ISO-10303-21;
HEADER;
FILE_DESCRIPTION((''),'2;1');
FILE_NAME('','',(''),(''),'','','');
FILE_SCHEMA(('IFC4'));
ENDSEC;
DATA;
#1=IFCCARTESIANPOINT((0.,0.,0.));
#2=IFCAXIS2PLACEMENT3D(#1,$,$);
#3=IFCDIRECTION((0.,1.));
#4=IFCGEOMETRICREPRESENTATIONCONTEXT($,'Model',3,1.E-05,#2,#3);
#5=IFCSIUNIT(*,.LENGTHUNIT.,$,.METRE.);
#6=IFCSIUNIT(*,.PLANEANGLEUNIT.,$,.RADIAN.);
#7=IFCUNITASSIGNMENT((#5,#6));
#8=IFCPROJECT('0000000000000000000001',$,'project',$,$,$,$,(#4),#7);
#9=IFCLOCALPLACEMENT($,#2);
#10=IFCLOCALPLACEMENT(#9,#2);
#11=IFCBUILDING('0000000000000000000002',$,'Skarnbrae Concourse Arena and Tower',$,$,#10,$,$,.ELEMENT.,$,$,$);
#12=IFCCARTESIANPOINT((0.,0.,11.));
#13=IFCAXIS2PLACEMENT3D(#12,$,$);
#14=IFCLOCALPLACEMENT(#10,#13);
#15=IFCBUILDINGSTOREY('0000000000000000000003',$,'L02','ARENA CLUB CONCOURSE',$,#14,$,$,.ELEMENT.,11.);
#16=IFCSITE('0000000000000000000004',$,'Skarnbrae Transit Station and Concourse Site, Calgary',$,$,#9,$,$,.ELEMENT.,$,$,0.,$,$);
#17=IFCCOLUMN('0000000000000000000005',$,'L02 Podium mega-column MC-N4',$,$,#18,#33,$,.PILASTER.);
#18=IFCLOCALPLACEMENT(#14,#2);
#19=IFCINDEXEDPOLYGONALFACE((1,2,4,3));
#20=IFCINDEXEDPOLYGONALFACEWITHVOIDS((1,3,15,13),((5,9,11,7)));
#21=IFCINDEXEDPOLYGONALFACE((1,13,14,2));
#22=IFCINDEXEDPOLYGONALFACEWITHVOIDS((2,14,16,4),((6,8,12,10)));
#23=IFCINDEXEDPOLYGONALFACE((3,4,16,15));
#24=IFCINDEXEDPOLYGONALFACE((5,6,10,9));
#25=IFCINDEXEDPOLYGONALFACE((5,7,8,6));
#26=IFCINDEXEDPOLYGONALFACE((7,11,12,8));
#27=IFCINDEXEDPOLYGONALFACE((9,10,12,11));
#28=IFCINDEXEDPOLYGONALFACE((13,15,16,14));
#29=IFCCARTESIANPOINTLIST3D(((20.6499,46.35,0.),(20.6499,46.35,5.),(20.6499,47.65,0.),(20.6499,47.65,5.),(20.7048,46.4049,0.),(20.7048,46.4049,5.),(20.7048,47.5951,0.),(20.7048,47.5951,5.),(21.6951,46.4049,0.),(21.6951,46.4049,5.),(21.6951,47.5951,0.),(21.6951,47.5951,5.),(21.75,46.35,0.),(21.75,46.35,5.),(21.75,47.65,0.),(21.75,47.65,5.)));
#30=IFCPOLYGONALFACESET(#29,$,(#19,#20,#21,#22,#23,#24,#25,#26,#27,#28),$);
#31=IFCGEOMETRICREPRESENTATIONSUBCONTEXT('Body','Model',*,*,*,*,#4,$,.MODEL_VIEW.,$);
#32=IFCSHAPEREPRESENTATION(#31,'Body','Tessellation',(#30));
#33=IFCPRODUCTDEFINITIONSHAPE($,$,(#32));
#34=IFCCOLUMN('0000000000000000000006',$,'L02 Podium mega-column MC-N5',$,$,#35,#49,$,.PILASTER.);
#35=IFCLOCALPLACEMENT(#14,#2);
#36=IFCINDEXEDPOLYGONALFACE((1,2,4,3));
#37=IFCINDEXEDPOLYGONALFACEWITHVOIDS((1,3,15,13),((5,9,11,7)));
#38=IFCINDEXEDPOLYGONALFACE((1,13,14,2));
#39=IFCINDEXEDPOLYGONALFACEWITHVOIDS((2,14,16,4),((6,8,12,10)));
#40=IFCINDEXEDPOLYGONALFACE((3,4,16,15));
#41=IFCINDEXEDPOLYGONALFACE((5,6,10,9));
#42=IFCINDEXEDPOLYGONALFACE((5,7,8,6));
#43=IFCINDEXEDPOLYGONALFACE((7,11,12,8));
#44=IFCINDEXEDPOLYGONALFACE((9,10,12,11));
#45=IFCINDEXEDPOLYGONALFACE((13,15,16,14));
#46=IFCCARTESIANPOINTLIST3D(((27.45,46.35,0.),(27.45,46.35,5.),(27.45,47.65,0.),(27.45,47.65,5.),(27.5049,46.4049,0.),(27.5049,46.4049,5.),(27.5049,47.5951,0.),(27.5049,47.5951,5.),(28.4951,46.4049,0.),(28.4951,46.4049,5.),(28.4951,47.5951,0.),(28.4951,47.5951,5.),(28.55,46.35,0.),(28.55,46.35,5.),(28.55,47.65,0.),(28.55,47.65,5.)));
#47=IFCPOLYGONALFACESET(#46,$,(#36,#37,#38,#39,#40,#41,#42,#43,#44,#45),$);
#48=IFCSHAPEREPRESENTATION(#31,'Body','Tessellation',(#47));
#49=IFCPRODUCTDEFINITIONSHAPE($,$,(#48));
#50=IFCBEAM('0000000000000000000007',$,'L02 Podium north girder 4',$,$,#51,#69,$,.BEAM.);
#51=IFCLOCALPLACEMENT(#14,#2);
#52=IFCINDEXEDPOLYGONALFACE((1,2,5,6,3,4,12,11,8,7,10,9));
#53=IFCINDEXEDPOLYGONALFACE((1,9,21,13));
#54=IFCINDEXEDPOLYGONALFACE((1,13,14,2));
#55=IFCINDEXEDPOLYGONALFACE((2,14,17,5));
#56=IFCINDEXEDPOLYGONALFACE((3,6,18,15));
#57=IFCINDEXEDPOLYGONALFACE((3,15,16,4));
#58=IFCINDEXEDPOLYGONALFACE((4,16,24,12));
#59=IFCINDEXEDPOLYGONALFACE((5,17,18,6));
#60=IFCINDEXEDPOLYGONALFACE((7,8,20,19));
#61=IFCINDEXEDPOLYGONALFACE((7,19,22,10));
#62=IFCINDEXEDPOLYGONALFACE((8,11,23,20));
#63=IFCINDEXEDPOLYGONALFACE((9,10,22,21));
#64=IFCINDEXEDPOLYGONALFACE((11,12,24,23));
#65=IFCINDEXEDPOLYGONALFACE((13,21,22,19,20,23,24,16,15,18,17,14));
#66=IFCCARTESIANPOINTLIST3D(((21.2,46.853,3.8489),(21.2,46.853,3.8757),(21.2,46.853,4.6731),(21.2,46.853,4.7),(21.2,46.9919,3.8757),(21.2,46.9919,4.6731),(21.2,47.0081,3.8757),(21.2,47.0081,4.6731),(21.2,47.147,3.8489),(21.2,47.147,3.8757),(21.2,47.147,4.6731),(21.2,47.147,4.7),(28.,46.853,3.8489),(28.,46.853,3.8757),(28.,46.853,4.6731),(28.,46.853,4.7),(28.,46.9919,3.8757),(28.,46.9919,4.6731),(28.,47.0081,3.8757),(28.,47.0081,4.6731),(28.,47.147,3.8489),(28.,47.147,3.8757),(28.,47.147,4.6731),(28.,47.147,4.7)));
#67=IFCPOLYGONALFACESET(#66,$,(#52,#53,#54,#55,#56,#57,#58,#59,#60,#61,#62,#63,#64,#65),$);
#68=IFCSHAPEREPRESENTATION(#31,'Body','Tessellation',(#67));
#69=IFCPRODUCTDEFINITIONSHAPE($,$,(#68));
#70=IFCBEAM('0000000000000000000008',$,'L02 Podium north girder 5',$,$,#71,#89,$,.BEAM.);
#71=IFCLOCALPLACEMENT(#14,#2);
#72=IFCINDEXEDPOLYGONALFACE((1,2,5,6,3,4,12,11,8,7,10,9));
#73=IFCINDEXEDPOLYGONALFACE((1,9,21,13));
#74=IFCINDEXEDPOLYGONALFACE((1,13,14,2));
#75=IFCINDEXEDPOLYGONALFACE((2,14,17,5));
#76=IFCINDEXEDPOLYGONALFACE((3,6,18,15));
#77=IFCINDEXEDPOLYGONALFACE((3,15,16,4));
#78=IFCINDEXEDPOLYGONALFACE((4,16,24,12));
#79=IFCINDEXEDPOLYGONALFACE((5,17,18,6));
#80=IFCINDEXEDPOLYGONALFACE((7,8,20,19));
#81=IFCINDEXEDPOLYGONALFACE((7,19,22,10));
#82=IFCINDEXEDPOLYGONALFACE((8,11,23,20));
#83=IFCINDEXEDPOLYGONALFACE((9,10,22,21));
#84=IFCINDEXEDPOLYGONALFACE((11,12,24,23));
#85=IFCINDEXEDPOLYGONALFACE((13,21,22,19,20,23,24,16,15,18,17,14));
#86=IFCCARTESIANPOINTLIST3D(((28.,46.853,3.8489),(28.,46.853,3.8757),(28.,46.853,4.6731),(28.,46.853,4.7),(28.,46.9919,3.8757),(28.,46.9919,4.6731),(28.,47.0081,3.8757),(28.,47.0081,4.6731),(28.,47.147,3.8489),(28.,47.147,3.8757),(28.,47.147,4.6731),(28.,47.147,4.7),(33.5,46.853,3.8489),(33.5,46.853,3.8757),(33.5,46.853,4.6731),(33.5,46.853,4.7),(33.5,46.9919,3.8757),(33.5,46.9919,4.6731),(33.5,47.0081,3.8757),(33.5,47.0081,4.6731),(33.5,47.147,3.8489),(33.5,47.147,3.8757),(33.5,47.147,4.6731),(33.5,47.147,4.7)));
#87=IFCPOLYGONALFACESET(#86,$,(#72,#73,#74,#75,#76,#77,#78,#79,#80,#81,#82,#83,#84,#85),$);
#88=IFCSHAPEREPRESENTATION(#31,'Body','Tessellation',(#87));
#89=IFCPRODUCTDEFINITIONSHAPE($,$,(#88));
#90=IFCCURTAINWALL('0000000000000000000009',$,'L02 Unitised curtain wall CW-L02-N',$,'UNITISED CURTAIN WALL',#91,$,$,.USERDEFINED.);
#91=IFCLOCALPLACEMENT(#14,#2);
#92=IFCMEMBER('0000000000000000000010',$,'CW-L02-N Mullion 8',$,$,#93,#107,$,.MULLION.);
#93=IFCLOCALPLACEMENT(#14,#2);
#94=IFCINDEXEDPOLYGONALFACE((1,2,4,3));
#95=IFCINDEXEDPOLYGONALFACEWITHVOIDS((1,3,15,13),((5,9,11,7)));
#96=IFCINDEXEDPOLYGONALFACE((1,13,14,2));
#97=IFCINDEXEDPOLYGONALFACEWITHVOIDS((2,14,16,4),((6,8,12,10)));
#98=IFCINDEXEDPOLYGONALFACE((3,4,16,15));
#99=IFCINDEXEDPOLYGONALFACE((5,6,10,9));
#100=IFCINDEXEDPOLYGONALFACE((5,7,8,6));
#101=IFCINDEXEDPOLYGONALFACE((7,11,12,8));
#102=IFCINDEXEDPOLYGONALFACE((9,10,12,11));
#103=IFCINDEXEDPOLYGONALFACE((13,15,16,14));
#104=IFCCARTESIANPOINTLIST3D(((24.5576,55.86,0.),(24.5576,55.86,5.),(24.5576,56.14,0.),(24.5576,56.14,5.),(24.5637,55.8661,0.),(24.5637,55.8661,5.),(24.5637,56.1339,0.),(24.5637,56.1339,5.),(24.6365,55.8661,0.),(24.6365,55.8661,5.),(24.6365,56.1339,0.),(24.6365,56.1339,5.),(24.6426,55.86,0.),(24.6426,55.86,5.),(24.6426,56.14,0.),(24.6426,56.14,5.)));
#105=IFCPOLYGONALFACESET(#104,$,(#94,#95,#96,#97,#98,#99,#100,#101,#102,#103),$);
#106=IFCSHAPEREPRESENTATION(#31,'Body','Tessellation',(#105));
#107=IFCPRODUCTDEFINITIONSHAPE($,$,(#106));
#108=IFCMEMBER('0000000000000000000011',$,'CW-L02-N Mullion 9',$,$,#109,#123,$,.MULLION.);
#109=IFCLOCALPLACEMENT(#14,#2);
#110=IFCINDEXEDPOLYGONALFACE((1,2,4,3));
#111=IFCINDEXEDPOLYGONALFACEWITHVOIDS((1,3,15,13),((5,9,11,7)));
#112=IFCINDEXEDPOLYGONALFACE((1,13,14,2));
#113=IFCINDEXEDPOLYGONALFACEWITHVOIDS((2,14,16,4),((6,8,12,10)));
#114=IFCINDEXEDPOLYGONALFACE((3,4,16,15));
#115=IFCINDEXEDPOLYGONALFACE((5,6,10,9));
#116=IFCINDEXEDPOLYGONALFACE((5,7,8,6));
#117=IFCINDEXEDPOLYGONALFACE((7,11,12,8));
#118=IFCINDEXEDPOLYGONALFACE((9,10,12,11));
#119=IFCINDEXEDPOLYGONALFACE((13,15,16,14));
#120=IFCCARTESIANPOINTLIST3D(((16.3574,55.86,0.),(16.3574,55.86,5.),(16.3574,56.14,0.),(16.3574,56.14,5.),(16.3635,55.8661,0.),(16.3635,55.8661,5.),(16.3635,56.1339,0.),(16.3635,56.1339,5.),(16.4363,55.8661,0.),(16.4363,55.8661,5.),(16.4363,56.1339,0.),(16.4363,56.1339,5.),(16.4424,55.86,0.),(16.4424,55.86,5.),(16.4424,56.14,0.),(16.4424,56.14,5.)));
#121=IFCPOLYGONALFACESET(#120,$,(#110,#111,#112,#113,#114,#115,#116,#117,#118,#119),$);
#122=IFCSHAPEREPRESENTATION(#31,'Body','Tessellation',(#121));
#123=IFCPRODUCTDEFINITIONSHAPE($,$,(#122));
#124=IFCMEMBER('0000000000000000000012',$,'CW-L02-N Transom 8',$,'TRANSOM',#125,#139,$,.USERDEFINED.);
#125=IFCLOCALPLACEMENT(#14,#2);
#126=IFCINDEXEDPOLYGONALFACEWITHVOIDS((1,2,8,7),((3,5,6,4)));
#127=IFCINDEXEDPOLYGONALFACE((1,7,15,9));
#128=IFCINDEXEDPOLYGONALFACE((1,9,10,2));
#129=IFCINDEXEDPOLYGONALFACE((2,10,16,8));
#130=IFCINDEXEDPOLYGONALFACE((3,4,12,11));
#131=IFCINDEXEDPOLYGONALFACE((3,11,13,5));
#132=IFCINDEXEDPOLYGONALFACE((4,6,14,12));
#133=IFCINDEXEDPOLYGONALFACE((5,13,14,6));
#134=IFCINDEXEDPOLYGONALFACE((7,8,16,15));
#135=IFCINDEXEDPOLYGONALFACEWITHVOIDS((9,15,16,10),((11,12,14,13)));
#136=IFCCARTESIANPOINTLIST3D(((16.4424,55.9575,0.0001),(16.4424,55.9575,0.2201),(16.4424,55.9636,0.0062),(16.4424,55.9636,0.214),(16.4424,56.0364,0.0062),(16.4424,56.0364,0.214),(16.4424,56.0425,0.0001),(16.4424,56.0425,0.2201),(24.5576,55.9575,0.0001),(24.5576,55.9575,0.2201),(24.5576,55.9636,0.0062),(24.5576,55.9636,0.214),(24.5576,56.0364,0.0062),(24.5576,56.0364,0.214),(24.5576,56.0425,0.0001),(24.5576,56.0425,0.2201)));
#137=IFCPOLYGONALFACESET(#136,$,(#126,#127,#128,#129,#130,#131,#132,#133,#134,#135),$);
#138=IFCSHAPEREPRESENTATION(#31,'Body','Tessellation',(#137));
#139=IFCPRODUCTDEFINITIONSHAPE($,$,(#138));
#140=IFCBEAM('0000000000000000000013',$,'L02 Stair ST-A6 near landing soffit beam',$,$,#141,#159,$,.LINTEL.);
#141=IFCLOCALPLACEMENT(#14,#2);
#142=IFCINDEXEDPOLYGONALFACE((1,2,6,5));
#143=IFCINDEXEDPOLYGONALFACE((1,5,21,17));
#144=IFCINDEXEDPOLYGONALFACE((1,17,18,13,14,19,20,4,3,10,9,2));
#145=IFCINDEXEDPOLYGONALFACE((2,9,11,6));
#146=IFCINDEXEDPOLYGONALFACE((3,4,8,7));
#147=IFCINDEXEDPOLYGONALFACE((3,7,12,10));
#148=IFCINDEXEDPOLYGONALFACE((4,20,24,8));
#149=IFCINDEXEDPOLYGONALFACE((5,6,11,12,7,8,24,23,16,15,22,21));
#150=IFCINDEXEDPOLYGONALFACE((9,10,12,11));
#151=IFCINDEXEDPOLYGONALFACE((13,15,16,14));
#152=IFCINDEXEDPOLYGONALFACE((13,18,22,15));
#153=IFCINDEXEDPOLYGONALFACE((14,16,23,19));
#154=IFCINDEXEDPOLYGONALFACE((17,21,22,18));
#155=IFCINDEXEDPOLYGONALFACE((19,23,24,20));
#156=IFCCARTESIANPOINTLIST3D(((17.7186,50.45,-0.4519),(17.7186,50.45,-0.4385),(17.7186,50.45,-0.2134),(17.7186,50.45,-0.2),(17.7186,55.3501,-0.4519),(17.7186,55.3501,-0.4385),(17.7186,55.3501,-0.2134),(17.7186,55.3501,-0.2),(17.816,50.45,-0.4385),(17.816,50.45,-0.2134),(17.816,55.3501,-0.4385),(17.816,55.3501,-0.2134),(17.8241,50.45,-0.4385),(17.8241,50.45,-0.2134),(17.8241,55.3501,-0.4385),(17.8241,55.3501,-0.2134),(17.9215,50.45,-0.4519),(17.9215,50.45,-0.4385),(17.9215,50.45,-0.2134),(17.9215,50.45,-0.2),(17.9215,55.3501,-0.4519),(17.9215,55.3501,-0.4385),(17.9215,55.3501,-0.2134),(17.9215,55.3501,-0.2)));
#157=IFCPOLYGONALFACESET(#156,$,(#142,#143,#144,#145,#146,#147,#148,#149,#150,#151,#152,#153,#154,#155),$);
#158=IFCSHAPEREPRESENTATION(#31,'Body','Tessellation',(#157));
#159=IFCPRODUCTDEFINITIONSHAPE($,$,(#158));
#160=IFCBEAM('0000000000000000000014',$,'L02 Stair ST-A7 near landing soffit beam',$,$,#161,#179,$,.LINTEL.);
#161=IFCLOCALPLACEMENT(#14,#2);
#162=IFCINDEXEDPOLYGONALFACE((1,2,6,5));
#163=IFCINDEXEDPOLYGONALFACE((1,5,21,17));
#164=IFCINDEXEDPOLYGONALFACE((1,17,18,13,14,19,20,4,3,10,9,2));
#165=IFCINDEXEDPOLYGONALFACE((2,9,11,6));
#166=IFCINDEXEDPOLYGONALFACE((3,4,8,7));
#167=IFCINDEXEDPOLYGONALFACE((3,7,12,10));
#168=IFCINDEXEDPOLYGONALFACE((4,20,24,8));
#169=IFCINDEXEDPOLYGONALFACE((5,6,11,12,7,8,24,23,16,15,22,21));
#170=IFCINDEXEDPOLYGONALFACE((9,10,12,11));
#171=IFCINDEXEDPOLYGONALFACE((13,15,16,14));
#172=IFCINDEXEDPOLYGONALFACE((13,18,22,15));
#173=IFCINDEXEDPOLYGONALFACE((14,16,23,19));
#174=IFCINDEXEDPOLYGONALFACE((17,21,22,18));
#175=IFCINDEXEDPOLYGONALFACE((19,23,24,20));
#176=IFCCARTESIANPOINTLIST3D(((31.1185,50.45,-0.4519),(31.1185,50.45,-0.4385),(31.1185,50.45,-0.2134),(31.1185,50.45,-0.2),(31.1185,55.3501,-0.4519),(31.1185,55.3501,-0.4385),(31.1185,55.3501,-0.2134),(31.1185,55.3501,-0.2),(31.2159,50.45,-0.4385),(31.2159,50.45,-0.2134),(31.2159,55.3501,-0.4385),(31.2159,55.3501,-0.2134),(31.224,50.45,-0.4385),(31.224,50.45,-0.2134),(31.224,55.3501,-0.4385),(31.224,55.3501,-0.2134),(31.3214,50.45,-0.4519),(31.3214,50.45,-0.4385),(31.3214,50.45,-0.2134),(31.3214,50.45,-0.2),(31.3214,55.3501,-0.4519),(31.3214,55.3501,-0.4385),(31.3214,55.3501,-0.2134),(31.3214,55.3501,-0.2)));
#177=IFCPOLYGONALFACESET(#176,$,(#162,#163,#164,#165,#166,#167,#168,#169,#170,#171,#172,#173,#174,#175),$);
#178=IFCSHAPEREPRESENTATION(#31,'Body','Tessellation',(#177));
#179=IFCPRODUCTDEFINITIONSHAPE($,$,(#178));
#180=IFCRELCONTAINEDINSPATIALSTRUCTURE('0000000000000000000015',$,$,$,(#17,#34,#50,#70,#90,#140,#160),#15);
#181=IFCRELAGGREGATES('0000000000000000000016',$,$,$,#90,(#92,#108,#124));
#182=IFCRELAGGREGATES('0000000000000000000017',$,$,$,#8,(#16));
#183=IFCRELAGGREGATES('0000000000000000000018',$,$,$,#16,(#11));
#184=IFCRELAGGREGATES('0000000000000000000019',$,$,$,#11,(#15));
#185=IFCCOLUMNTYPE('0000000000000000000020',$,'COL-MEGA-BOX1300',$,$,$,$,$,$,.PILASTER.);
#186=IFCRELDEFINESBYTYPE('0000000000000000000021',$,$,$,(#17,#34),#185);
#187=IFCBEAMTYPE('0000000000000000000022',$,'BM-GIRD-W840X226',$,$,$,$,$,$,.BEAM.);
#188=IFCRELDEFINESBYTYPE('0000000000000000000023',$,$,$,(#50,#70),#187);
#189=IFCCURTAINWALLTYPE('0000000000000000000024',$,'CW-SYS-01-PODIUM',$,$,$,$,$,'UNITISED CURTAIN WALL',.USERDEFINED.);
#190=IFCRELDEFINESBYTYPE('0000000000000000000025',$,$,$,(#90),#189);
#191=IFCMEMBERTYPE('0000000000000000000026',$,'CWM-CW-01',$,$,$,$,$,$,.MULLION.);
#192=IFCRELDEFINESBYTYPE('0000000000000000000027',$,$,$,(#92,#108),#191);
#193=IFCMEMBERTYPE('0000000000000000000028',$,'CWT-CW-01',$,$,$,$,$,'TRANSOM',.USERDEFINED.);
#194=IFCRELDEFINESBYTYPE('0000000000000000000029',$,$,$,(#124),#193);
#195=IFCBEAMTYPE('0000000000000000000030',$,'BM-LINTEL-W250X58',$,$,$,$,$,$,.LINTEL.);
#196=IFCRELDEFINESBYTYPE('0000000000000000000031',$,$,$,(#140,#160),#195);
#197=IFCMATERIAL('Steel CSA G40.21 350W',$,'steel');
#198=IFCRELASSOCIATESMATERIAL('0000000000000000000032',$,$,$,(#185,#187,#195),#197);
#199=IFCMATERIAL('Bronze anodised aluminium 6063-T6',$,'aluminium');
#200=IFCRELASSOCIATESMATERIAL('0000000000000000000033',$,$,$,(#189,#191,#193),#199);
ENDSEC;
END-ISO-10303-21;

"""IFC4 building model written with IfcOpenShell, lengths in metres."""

from ifc_helpers import new_model, si_unit, direction, frame, origin, origin_2d, place, context, subcontext, project, spatial, hollow_rectangle, i_section, extrude, source, transform, mapped, material, material_profile, profile_set, type_object, element, aggregate, save


model = new_model("IFC4")

# Units and contexts
model_context = context("Model", 3, precision=1e-05, world=origin(), true_north=direction((0.0, 1.0)))
body_context = subcontext(model_context, "Body", "Model", "MODEL_VIEW")
ifc_project = project(units=[si_unit("LENGTHUNIT", "METRE"), si_unit("PLANEANGLEUNIT", "RADIAN")], contexts=[model_context])

# Site, building, storey
site_placement = place(None, origin())
site = spatial("IfcSite", under=ifc_project, at=site_placement, Name="Skarnbrae Transit Station and Concourse Site, Calgary", CompositionType="ELEMENT", RefElevation=0.0)
building_placement = place(site_placement, origin())
building = spatial("IfcBuilding", under=site, at=building_placement, Name="Skarnbrae Concourse Arena and Tower", CompositionType="ELEMENT")
storey_placement = place(building_placement, frame((0.0, 0.0, 11.0)))
storey = spatial("IfcBuildingStorey", under=building, at=storey_placement, Name="L02", Description="ARENA CLUB CONCOURSE", CompositionType="ELEMENT", Elevation=11.0)

# Columns
ifc_material_1 = material(Name="Steel CSA G40.21 350W", Category="steel")
ifc_material_profile_1 = material_profile(ifc_material_1, hollow_rectangle(XDim=1.1001, YDim=1.3, WallThickness=0.0549, at=origin_2d()), Name="BOX1300X1100X55")
ifc_profile_set_1 = profile_set([ifc_material_profile_1], Name="Steel CSA G40.21 350W")
column_type = type_object("IfcColumnType", Name="COL-MEGA-BOX1300", PredefinedType="PILASTER", material=ifc_profile_set_1)
shared_shape_1 = source(origin(), body_context, "Body", "SweptSolid", [
    extrude(hollow_rectangle(XDim=1.1001, YDim=1.3, WallThickness=0.0549, at=origin_2d()), origin(), (0.0, 0.0, 1.0), 5.0),
])
for number, where, z_axis, x_axis, name in (
    (1, (21.2, 47.0, 0.0), (0.0, 0.0, 1.0), (1.0, 0.0, 0.0), "L02 Podium mega-column MC-N4"),
    (2, (28.0, 47.0, 0.0), (0.0, 0.0, 1.0), (1.0, 0.0, 0.0), "L02 Podium mega-column MC-N5"),
):
    element("IfcColumn", number, at=place(storey_placement, frame(where, z_axis=z_axis, x_axis=x_axis)), inside=storey, type_object=column_type, Name=name, PredefinedType="PILASTER", context=body_context, shape_type="MappedRepresentation", body=[
        mapped(shared_shape_1, transform((0.0, 0.0, 0.0))),
    ])

# Beams
ifc_material_profile_2 = material_profile(ifc_material_1, i_section(OverallWidth=0.2939, OverallDepth=0.8511, WebThickness=0.0161, FlangeThickness=0.0269, at=origin_2d()), Name="W840X226")
ifc_profile_set_2 = profile_set([ifc_material_profile_2], Name="Steel CSA G40.21 350W")
beam_type_1 = type_object("IfcBeamType", Name="BM-GIRD-W840X226", PredefinedType="BEAM", material=ifc_profile_set_2)
shared_shape_2 = source(origin(), body_context, "Body", "SweptSolid", [
    extrude(i_section(OverallWidth=0.2939, OverallDepth=0.8511, WebThickness=0.0161, FlangeThickness=0.0269, at=origin_2d()), origin(), (0.0, 0.0, 1.0), 6.8),
])
beam_1_placement = place(storey_placement, frame((21.2, 47.0, 4.2744), z_axis=(1.0, 0.0, 0.0), x_axis=(0.0, 1.0, 0.0)))
element("IfcBeam", 3, at=beam_1_placement, inside=storey, type_object=beam_type_1, Name="L02 Podium north girder 4", PredefinedType="BEAM", context=body_context, shape_type="MappedRepresentation", body=[
    mapped(shared_shape_2, transform((0.0, 0.0, 0.0))),
])
shared_shape_3 = source(origin(), body_context, "Body", "SweptSolid", [
    extrude(i_section(OverallWidth=0.2939, OverallDepth=0.8511, WebThickness=0.0161, FlangeThickness=0.0269, at=origin_2d()), origin(), (0.0, 0.0, 1.0), 5.5),
])
beam_2_placement = place(storey_placement, frame((28.0, 47.0, 4.2744), z_axis=(1.0, 0.0, 0.0), x_axis=(0.0, 1.0, 0.0)))
element("IfcBeam", 4, at=beam_2_placement, inside=storey, type_object=beam_type_1, Name="L02 Podium north girder 5", PredefinedType="BEAM", context=body_context, shape_type="MappedRepresentation", body=[
    mapped(shared_shape_3, transform((0.0, 0.0, 0.0))),
])

# Curtain wall, members
ifc_material_2 = material(Name="Bronze anodised aluminium 6063-T6", Category="aluminium")
curtain_wall_type = type_object("IfcCurtainWallType", Name="CW-SYS-01-PODIUM", ElementType="UNITISED CURTAIN WALL", PredefinedType="USERDEFINED", material=ifc_material_2)
curtain_wall_placement = place(storey_placement, origin())
curtain_wall = element("IfcCurtainWall", 5, at=curtain_wall_placement, inside=storey, type_object=curtain_wall_type, Name="L02 Unitised curtain wall CW-L02-N", ObjectType="UNITISED CURTAIN WALL", PredefinedType="USERDEFINED")
ifc_material_profile_3 = material_profile(ifc_material_2, hollow_rectangle(XDim=0.085, YDim=0.28, WallThickness=0.0061, at=origin_2d()), Name="ALU-MULL-85X280")
ifc_profile_set_3 = profile_set([ifc_material_profile_3], Name="Bronze anodised aluminium 6063-T6")
member_type_1 = type_object("IfcMemberType", Name="CWM-CW-01", PredefinedType="MULLION", material=ifc_profile_set_3)
shared_shape_4 = source(origin(), body_context, "Body", "SweptSolid", [
    extrude(hollow_rectangle(XDim=0.085, YDim=0.28, WallThickness=0.0061, at=origin_2d()), origin(), (0.0, 0.0, 1.0), 5.0),
])
member_1_placement = place(storey_placement, frame((24.6001, 56.0, 0.0), z_axis=(0.0, 0.0, 1.0), x_axis=(-1.0, 0.0, 0.0)))
member_1 = element("IfcMember", 6, at=member_1_placement, type_object=member_type_1, Name="CW-L02-N Mullion 8", PredefinedType="MULLION", context=body_context, shape_type="MappedRepresentation", body=[
    mapped(shared_shape_4, transform((0.0, 0.0, 0.0))),
])
member_2_placement = place(storey_placement, frame((16.3999, 56.0, 0.0), z_axis=(0.0, 0.0, 1.0), x_axis=(-1.0, 0.0, 0.0)))
member_2 = element("IfcMember", 7, at=member_2_placement, type_object=member_type_1, Name="CW-L02-N Mullion 9", PredefinedType="MULLION", context=body_context, shape_type="MappedRepresentation", body=[
    mapped(shared_shape_4, transform((0.0, 0.0, 0.0))),
])
ifc_material_profile_4 = material_profile(ifc_material_2, hollow_rectangle(XDim=0.085, YDim=0.22, WallThickness=0.0061, at=origin_2d()), Name="ALU-TRAN-85X220")
ifc_profile_set_4 = profile_set([ifc_material_profile_4], Name="Bronze anodised aluminium 6063-T6")
member_type_2 = type_object("IfcMemberType", Name="CWT-CW-01", ElementType="TRANSOM", PredefinedType="USERDEFINED", material=ifc_profile_set_4)
shared_shape_5 = source(origin(), body_context, "Body", "SweptSolid", [
    extrude(hollow_rectangle(XDim=0.085, YDim=0.22, WallThickness=0.0061, at=origin_2d()), origin(), (0.0, 0.0, 1.0), 8.1152),
])
member_3_placement = place(storey_placement, frame((24.5576, 56.0, 0.1101), z_axis=(-1.0, 0.0, 0.0), x_axis=(0.0, -1.0, 0.0)))
member_3 = element("IfcMember", 8, at=member_3_placement, type_object=member_type_2, Name="CW-L02-N Transom 8", ObjectType="TRANSOM", PredefinedType="USERDEFINED", context=body_context, shape_type="MappedRepresentation", body=[
    mapped(shared_shape_5, transform((0.0, 0.0, 0.0))),
])

# Beams
ifc_material_profile_5 = material_profile(ifc_material_1, i_section(OverallWidth=0.2029, OverallDepth=0.252, WebThickness=0.0081, FlangeThickness=0.0134, at=origin_2d()), Name="W250X58")
ifc_profile_set_5 = profile_set([ifc_material_profile_5], Name="Steel CSA G40.21 350W")
beam_type_2 = type_object("IfcBeamType", Name="BM-LINTEL-W250X58", PredefinedType="LINTEL", material=ifc_profile_set_5)
shared_shape_6 = source(origin(), body_context, "Body", "SweptSolid", [
    extrude(i_section(OverallWidth=0.2029, OverallDepth=0.252, WebThickness=0.0081, FlangeThickness=0.0134, at=origin_2d()), origin(), (0.0, 0.0, 1.0), 4.9001),
])
for number, where, z_axis, x_axis, name in (
    (9, (17.8201, 50.45, -0.3259), (0.0, 1.0, 0.0), (-1.0, 0.0, 0.0), "L02 Stair ST-A6 near landing soffit beam"),
    (10, (31.22, 50.45, -0.3259), (0.0, 1.0, 0.0), (-1.0, 0.0, 0.0), "L02 Stair ST-A7 near landing soffit beam"),
):
    element("IfcBeam", number, at=place(storey_placement, frame(where, z_axis=z_axis, x_axis=x_axis)), inside=storey, type_object=beam_type_2, Name=name, PredefinedType="LINTEL", context=body_context, shape_type="MappedRepresentation", body=[
        mapped(shared_shape_6, transform((0.0, 0.0, 0.0))),
    ])

aggregate(curtain_wall, [member_1, member_2, member_3])

save(model, "model.ifc")
